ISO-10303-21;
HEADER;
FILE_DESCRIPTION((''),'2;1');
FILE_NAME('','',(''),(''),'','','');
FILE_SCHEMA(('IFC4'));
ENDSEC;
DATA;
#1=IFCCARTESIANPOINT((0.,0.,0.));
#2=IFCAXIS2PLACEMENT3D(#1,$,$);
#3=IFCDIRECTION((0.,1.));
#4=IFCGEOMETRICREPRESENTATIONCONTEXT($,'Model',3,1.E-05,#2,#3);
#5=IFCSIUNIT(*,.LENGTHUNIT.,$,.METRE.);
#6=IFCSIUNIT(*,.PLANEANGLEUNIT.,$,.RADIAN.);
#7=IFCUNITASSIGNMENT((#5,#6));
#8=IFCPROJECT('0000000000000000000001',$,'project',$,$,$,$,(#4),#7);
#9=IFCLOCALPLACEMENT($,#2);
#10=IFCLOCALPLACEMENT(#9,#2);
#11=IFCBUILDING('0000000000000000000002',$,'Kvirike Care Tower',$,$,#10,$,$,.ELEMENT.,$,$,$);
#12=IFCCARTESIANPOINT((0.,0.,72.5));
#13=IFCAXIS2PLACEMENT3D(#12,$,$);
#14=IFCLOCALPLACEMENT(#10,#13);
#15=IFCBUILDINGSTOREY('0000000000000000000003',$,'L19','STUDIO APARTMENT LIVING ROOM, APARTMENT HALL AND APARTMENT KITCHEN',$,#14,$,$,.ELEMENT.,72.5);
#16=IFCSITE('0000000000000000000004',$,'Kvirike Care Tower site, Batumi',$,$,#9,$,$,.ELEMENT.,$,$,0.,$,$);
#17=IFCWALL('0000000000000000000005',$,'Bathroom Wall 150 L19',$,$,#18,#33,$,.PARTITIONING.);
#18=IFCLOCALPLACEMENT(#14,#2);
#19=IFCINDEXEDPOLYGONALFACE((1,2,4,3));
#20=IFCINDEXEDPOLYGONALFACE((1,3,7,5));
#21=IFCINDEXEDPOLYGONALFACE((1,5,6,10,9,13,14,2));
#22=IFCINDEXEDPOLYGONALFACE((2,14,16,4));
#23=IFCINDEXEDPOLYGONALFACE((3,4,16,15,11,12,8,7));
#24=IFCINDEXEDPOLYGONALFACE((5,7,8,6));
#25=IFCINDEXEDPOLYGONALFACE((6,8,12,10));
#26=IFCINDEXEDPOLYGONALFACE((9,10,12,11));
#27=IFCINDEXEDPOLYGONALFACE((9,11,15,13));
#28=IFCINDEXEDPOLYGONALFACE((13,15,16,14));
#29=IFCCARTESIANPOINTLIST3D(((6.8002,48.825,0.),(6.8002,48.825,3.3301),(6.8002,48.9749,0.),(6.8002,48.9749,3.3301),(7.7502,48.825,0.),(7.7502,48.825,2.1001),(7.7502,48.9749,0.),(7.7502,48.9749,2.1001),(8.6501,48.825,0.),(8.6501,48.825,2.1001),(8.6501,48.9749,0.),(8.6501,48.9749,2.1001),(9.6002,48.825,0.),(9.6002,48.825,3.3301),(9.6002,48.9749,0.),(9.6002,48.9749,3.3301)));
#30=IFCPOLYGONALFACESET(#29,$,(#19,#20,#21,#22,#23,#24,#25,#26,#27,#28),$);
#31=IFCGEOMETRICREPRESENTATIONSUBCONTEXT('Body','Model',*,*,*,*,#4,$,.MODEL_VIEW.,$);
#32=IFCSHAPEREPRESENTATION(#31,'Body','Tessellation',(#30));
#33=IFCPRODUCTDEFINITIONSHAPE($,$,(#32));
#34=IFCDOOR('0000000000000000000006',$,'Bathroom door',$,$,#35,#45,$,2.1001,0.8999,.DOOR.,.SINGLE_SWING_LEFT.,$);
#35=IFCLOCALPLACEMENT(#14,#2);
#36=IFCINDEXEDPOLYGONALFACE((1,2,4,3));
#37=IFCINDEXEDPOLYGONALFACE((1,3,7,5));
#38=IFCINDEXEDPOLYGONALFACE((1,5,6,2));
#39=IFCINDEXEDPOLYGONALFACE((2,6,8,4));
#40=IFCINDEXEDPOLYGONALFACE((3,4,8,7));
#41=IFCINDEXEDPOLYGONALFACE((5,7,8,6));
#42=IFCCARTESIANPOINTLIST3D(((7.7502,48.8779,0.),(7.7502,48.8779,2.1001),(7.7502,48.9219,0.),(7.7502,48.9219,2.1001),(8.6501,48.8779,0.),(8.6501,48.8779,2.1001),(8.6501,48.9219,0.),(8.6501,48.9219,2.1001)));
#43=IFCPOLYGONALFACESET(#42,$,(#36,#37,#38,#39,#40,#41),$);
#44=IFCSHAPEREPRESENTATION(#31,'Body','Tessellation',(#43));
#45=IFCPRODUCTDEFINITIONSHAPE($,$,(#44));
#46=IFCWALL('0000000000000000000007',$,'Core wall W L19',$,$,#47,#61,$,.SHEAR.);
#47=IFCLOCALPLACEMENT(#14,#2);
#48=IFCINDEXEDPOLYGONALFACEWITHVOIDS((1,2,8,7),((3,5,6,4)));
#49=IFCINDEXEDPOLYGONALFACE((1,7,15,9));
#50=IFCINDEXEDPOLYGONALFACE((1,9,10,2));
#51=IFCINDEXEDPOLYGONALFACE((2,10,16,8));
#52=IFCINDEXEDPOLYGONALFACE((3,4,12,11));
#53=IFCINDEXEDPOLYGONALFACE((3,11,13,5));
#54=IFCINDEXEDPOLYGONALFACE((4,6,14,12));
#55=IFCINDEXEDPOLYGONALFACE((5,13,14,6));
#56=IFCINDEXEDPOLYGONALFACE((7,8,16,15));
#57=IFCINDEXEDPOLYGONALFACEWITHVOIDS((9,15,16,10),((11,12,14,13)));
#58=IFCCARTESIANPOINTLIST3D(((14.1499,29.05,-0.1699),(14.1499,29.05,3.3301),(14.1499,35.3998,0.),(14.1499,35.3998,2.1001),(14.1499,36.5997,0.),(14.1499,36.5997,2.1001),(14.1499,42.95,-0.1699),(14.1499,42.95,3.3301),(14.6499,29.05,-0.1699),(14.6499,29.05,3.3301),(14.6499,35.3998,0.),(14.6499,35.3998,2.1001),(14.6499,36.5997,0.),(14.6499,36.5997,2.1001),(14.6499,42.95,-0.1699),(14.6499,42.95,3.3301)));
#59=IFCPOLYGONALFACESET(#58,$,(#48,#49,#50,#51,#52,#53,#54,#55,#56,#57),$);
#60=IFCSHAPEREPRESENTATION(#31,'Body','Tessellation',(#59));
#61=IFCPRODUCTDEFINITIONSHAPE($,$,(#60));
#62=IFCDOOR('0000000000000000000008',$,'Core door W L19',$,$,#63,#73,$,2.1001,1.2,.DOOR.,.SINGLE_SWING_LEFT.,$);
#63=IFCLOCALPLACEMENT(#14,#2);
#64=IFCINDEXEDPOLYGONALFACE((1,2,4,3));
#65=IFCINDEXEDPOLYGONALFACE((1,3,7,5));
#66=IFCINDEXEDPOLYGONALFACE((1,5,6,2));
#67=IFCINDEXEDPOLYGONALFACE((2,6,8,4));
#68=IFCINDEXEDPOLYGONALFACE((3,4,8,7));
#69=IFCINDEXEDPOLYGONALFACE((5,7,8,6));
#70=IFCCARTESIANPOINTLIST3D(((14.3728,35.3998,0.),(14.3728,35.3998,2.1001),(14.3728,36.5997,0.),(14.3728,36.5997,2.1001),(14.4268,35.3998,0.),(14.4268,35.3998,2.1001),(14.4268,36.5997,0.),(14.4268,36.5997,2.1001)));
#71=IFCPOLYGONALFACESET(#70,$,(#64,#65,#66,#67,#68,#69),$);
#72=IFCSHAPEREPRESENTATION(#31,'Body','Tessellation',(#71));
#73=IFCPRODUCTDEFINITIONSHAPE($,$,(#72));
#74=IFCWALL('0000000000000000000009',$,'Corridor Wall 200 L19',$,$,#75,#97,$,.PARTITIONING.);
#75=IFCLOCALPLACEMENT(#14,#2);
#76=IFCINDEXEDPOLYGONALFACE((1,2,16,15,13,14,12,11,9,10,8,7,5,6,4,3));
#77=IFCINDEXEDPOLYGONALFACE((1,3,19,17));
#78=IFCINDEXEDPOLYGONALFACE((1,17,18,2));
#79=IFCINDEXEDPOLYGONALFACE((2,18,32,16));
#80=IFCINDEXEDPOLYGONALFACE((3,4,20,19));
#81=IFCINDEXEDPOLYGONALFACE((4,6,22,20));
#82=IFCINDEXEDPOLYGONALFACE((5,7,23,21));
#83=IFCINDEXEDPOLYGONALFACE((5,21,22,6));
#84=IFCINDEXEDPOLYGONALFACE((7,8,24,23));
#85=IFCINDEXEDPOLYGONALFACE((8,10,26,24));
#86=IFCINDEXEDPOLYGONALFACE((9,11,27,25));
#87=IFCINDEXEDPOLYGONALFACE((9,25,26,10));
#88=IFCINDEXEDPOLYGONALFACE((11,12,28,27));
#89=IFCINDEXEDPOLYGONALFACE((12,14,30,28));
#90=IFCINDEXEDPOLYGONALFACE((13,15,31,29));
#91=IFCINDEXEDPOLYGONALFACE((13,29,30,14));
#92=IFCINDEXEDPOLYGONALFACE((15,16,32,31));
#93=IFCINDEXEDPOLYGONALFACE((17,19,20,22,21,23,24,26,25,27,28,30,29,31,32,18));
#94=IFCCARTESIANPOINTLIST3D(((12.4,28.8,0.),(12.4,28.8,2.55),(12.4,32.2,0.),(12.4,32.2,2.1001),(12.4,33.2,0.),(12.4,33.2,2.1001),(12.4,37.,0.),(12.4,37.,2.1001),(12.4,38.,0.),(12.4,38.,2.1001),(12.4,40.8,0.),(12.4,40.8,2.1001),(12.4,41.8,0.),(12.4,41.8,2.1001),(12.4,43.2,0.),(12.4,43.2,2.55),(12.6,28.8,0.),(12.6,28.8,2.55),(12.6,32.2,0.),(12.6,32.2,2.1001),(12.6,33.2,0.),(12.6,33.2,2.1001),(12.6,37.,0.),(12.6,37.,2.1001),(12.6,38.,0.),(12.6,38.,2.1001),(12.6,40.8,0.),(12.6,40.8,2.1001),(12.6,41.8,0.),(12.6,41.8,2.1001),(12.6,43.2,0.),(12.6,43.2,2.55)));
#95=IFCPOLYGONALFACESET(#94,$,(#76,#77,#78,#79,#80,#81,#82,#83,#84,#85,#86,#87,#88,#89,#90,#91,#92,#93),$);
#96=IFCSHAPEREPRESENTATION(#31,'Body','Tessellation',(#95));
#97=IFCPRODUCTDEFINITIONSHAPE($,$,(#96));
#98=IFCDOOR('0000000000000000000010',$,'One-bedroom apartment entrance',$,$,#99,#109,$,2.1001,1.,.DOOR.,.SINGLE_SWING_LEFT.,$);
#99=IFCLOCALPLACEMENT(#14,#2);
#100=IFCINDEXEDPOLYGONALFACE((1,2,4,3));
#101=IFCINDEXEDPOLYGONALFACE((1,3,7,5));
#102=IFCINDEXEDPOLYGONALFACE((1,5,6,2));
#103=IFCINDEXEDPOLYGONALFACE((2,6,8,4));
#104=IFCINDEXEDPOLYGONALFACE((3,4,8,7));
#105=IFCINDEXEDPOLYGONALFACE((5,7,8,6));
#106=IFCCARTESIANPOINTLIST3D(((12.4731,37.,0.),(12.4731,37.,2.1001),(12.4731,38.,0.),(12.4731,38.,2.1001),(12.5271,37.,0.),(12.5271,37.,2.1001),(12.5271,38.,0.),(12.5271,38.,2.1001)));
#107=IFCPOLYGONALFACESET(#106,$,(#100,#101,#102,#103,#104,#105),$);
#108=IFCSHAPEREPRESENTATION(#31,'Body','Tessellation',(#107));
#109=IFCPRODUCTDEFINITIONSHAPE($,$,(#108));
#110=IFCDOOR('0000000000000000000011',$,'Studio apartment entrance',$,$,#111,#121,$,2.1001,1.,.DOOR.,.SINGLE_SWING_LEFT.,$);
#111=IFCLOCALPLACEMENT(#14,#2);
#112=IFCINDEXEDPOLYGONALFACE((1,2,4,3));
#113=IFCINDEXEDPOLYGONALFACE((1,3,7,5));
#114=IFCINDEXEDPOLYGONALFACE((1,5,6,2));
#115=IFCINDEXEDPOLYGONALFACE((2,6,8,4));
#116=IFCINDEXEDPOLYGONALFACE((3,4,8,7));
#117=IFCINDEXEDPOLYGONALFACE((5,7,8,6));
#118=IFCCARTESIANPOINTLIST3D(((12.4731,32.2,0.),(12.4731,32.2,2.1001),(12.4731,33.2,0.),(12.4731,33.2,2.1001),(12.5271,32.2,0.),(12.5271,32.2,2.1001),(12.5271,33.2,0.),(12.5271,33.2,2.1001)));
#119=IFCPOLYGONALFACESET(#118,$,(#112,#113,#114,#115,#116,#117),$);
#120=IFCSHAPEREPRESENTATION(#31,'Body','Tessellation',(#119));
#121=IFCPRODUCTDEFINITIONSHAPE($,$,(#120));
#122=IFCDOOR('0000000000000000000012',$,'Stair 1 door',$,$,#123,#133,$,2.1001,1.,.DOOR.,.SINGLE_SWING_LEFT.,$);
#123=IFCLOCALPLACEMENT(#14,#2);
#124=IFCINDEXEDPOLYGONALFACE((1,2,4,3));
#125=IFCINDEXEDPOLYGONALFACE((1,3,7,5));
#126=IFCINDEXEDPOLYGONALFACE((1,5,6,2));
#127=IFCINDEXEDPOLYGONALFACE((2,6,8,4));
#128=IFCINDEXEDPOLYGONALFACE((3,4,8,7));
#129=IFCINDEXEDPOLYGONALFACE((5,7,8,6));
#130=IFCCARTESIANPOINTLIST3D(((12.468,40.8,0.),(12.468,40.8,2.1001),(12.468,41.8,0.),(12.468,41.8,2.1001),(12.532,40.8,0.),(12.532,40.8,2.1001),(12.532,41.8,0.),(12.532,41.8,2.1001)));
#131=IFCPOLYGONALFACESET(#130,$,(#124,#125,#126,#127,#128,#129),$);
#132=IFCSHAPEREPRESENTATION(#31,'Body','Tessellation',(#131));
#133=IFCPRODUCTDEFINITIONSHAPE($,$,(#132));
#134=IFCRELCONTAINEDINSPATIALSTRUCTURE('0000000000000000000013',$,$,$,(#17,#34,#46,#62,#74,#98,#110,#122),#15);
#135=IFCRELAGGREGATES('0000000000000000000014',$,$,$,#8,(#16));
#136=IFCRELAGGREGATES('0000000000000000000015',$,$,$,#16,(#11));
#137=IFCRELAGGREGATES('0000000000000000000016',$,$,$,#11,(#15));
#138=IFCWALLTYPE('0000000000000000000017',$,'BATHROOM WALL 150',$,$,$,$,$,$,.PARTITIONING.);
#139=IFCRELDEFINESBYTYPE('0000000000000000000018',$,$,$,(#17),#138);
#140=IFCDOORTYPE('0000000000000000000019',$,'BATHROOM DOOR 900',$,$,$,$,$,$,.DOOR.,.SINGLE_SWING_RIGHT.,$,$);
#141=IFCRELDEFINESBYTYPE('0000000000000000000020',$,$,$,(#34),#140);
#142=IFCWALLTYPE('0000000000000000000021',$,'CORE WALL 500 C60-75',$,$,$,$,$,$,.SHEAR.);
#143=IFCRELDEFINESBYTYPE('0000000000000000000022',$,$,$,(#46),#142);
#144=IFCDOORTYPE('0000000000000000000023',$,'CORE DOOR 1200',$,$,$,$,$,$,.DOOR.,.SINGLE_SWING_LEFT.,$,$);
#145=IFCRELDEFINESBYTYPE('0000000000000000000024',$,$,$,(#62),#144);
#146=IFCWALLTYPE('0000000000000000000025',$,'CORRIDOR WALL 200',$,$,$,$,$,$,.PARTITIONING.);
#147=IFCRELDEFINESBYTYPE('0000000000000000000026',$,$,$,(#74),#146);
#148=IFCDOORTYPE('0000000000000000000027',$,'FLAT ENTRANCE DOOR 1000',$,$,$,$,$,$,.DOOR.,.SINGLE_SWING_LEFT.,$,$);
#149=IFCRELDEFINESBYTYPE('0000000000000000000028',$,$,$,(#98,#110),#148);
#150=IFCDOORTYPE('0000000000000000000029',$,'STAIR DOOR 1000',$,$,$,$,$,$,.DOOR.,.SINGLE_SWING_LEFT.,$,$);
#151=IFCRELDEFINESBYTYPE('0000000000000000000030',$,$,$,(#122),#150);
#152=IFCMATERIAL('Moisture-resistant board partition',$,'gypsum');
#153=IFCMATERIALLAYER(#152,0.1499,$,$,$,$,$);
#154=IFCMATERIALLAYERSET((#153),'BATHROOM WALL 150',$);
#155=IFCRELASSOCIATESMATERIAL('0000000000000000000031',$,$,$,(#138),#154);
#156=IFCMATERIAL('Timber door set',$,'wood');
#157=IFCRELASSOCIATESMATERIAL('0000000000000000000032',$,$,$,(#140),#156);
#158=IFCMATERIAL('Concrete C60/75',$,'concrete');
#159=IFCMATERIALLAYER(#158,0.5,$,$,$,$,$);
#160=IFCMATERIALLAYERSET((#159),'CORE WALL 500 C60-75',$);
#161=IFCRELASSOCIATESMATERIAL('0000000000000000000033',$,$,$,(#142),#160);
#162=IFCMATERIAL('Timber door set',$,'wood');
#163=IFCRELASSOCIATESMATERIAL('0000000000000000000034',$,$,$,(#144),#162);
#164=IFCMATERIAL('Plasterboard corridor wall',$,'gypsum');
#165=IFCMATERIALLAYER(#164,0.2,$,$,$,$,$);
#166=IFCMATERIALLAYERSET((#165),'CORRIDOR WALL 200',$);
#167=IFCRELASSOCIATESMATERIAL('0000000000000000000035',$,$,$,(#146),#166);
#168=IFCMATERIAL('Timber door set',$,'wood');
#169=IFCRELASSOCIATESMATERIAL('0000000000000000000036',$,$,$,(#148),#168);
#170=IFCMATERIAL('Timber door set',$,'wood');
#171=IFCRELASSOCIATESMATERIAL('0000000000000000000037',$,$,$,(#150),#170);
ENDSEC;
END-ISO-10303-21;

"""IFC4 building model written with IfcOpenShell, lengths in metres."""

from ifc_helpers import new_model, si_unit, direction, frame, frame_2d, origin, place, context, subcontext, project, spatial, rectangle, extrude, material, layer, layer_set, type_object, element, fill, save


model = new_model("IFC4")

# Units and contexts
model_context = context("Model", 3, precision=1e-05, world=origin(), true_north=direction((0.0, 1.0)))
body_context = subcontext(model_context, "Body", "Model", "MODEL_VIEW")
ifc_project = project(units=[si_unit("LENGTHUNIT", "METRE"), si_unit("PLANEANGLEUNIT", "RADIAN")], contexts=[model_context])

# Site, building, storey
site_placement = place(None, origin())
site = spatial("IfcSite", under=ifc_project, at=site_placement, Name="Kvirike Care Tower site, Batumi", CompositionType="ELEMENT", RefElevation=0.0)
building_placement = place(site_placement, origin())
building = spatial("IfcBuilding", under=site, at=building_placement, Name="Kvirike Care Tower", CompositionType="ELEMENT")
storey_placement = place(building_placement, frame((0.0, 0.0, 72.5)))
storey = spatial("IfcBuildingStorey", under=building, at=storey_placement, Name="L19", Description="STUDIO APARTMENT LIVING ROOM, APARTMENT HALL AND APARTMENT KITCHEN", CompositionType="ELEMENT", Elevation=72.5)

# Walls, openings, doors
ifc_material_1 = material(Name="Moisture-resistant board partition", Category="gypsum")
ifc_layer_1 = layer(ifc_material_1, 0.1499)
ifc_layer_set_1 = layer_set([ifc_layer_1], Name="BATHROOM WALL 150")
wall_type_1 = type_object("IfcWallType", Name="BATHROOM WALL 150", PredefinedType="PARTITIONING", material=ifc_layer_set_1)
wall_1_placement = place(storey_placement, frame((9.6001, 48.8999, 0.0), z_axis=(0.0, 0.0, 1.0), x_axis=(-1.0, 0.0, 0.0)))
wall_1 = element("IfcWall", 1, at=wall_1_placement, inside=storey, type_object=wall_type_1, Name="Bathroom Wall 150 L19", PredefinedType="PARTITIONING", context=body_context, shape_type="SweptSolid", body=[
    extrude(rectangle(XDim=2.8, YDim=0.1499, at=frame_2d((1.3999, 0.0))), origin(), (0.0, 0.0, 1.0), 3.3301),
])
opening_1_placement = place(wall_1_placement, frame((0.95, 0.0, 0.0)))
opening_1 = element("IfcOpeningElement", 2, at=opening_1_placement, cuts=wall_1, PredefinedType="OPENING", context=body_context, shape_type="SweptSolid", body=[
    extrude(rectangle(XDim=0.8999, YDim=2.1001, at=frame_2d((0.45, 1.05))), frame((0.0, 0.0854, 0.0), z_axis=(0.0, -1.0, 0.0), x_axis=(1.0, 0.0, 0.0)), (0.0, 0.0, 1.0), 0.1709),
])
ifc_material_2 = material(Name="Timber door set", Category="wood")
door_type_1 = type_object("IfcDoorType", Name="BATHROOM DOOR 900", OperationType="SINGLE_SWING_RIGHT", PredefinedType="DOOR", material=ifc_material_2)
door_1_placement = place(opening_1_placement, frame((0.8999, 0.0, 0.0), z_axis=(0.0, 0.0, 1.0), x_axis=(-1.0, 0.0, 0.0)))
door_1 = element("IfcDoor", 3, at=door_1_placement, inside=storey, type_object=door_type_1, Name="Bathroom door", OperationType="SINGLE_SWING_LEFT", OverallHeight=2.1001, OverallWidth=0.8999, PredefinedType="DOOR", context=body_context, shape_type="SweptSolid", body=[
    extrude(rectangle(XDim=0.8999, YDim=2.1001, at=frame_2d((0.45, 1.05))), frame((0.0, 0.022, 0.0), z_axis=(0.0, -1.0, 0.0), x_axis=(1.0, 0.0, 0.0)), (0.0, 0.0, 1.0), 0.0439),
])
fill(opening_1, door_1)
ifc_material_3 = material(Name="Concrete C60/75", Category="concrete")
ifc_layer_2 = layer(ifc_material_3, 0.5)
ifc_layer_set_2 = layer_set([ifc_layer_2], Name="CORE WALL 500 C60-75")
wall_type_2 = type_object("IfcWallType", Name="CORE WALL 500 C60-75", PredefinedType="SHEAR", material=ifc_layer_set_2)
wall_2_placement = place(storey_placement, frame((14.3999, 42.95, -0.1699), z_axis=(0.0, 0.0, 1.0), x_axis=(0.0, -1.0, 0.0)))
wall_2 = element("IfcWall", 4, at=wall_2_placement, inside=storey, type_object=wall_type_2, Name="Core wall W L19", PredefinedType="SHEAR", context=body_context, shape_type="SweptSolid", body=[
    extrude(rectangle(XDim=13.8999, YDim=0.5, at=frame_2d((6.95, 0.0))), origin(), (0.0, 0.0, 1.0), 3.5),
])
opening_2_placement = place(wall_2_placement, frame((6.3501, 0.0, 0.1699)))
opening_2 = element("IfcOpeningElement", 5, at=opening_2_placement, cuts=wall_2, PredefinedType="OPENING", context=body_context, shape_type="SweptSolid", body=[
    extrude(rectangle(XDim=1.2, YDim=2.1001, at=frame_2d((0.6001, 1.05))), frame((0.0, 0.2605, 0.0), z_axis=(0.0, -1.0, 0.0), x_axis=(1.0, 0.0, 0.0)), (0.0, 0.0, 1.0), 0.521),
])
ifc_material_4 = material(Name="Timber door set", Category="wood")
door_type_2 = type_object("IfcDoorType", Name="CORE DOOR 1200", OperationType="SINGLE_SWING_LEFT", PredefinedType="DOOR", material=ifc_material_4)
door_2_placement = place(opening_2_placement, origin())
door_2 = element("IfcDoor", 6, at=door_2_placement, inside=storey, type_object=door_type_2, Name="Core door W L19", OperationType="SINGLE_SWING_LEFT", OverallHeight=2.1001, OverallWidth=1.2, PredefinedType="DOOR", context=body_context, shape_type="SweptSolid", body=[
    extrude(rectangle(XDim=1.2, YDim=2.1001, at=frame_2d((0.6001, 1.05))), frame((0.0, 0.0269, 0.0), z_axis=(0.0, -1.0, 0.0), x_axis=(1.0, 0.0, 0.0)), (0.0, 0.0, 1.0), 0.054),
])
fill(opening_2, door_2)

# Wall, openings, doors
ifc_material_5 = material(Name="Plasterboard corridor wall", Category="gypsum")
ifc_layer_3 = layer(ifc_material_5, 0.2)
ifc_layer_set_3 = layer_set([ifc_layer_3], Name="CORRIDOR WALL 200")
wall_type_3 = type_object("IfcWallType", Name="CORRIDOR WALL 200", PredefinedType="PARTITIONING", material=ifc_layer_set_3)
wall_3_placement = place(storey_placement, frame((12.5, 43.2, 0.0), z_axis=(0.0, 0.0, 1.0), x_axis=(0.0, -1.0, 0.0)))
wall_3 = element("IfcWall", 7, at=wall_3_placement, inside=storey, type_object=wall_type_3, Name="Corridor Wall 200 L19", PredefinedType="PARTITIONING", context=body_context, shape_type="SweptSolid", body=[
    extrude(rectangle(XDim=14.3999, YDim=0.2, at=frame_2d((7.2, 0.0))), origin(), (0.0, 0.0, 1.0), 2.55),
])
opening_3_placement = place(wall_3_placement, frame((1.3999, 0.0, 0.0)))
opening_3 = element("IfcOpeningElement", 8, at=opening_3_placement, cuts=wall_3, PredefinedType="OPENING", context=body_context, shape_type="SweptSolid", body=[
    extrude(rectangle(XDim=1.0, YDim=2.1001, at=frame_2d((0.5, 1.05))), frame((0.0, 0.1106, 0.0), z_axis=(0.0, -1.0, 0.0), x_axis=(1.0, 0.0, 0.0)), (0.0, 0.0, 1.0), 0.2209),
])
opening_4_placement = place(wall_3_placement, frame((5.2, 0.0, 0.0)))
opening_4 = element("IfcOpeningElement", 9, at=opening_4_placement, cuts=wall_3, PredefinedType="OPENING", context=body_context, shape_type="SweptSolid", body=[
    extrude(rectangle(XDim=1.0, YDim=2.1001, at=frame_2d((0.5, 1.05))), frame((0.0, 0.1106, 0.0), z_axis=(0.0, -1.0, 0.0), x_axis=(1.0, 0.0, 0.0)), (0.0, 0.0, 1.0), 0.2209),
])
opening_5_placement = place(wall_3_placement, frame((10.0, 0.0, 0.0)))
opening_5 = element("IfcOpeningElement", 10, at=opening_5_placement, cuts=wall_3, PredefinedType="OPENING", context=body_context, shape_type="SweptSolid", body=[
    extrude(rectangle(XDim=1.0, YDim=2.1001, at=frame_2d((0.5, 1.05))), frame((0.0, 0.1106, 0.0), z_axis=(0.0, -1.0, 0.0), x_axis=(1.0, 0.0, 0.0)), (0.0, 0.0, 1.0), 0.2209),
])
ifc_material_6 = material(Name="Timber door set", Category="wood")
door_type_3 = type_object("IfcDoorType", Name="FLAT ENTRANCE DOOR 1000", OperationType="SINGLE_SWING_LEFT", PredefinedType="DOOR", material=ifc_material_6)
door_3_placement = place(opening_4_placement, frame((1.0, 0.0, 0.0), z_axis=(0.0, 0.0, 1.0), x_axis=(-1.0, 0.0, 0.0)))
door_3 = element("IfcDoor", 11, at=door_3_placement, inside=storey, type_object=door_type_3, Name="One-bedroom apartment entrance", OperationType="SINGLE_SWING_LEFT", OverallHeight=2.1001, OverallWidth=1.0, PredefinedType="DOOR", context=body_context, shape_type="SweptSolid", body=[
    extrude(rectangle(XDim=1.0, YDim=2.1001, at=frame_2d((0.5, 1.05))), frame((0.0, 0.0269, 0.0), z_axis=(0.0, -1.0, 0.0), x_axis=(1.0, 0.0, 0.0)), (0.0, 0.0, 1.0), 0.054),
])
fill(opening_4, door_3)
door_4_placement = place(opening_5_placement, frame((1.0, 0.0, 0.0), z_axis=(0.0, 0.0, 1.0), x_axis=(-1.0, 0.0, 0.0)))
door_4 = element("IfcDoor", 12, at=door_4_placement, inside=storey, type_object=door_type_3, Name="Studio apartment entrance", OperationType="SINGLE_SWING_LEFT", OverallHeight=2.1001, OverallWidth=1.0, PredefinedType="DOOR", context=body_context, shape_type="SweptSolid", body=[
    extrude(rectangle(XDim=1.0, YDim=2.1001, at=frame_2d((0.5, 1.05))), frame((0.0, 0.0269, 0.0), z_axis=(0.0, -1.0, 0.0), x_axis=(1.0, 0.0, 0.0)), (0.0, 0.0, 1.0), 0.054),
])
fill(opening_5, door_4)
ifc_material_7 = material(Name="Timber door set", Category="wood")
door_type_4 = type_object("IfcDoorType", Name="STAIR DOOR 1000", OperationType="SINGLE_SWING_LEFT", PredefinedType="DOOR", material=ifc_material_7)
door_5_placement = place(opening_3_placement, frame((1.0, 0.0, 0.0), z_axis=(0.0, 0.0, 1.0), x_axis=(-1.0, 0.0, 0.0)))
door_5 = element("IfcDoor", 13, at=door_5_placement, inside=storey, type_object=door_type_4, Name="Stair 1 door", OperationType="SINGLE_SWING_LEFT", OverallHeight=2.1001, OverallWidth=1.0, PredefinedType="DOOR", context=body_context, shape_type="SweptSolid", body=[
    extrude(rectangle(XDim=1.0, YDim=2.1001, at=frame_2d((0.5, 1.05))), frame((0.0, 0.032, 0.0), z_axis=(0.0, -1.0, 0.0), x_axis=(1.0, 0.0, 0.0)), (0.0, 0.0, 1.0), 0.064),
])
fill(opening_3, door_5)

save(model, "model.ifc")
